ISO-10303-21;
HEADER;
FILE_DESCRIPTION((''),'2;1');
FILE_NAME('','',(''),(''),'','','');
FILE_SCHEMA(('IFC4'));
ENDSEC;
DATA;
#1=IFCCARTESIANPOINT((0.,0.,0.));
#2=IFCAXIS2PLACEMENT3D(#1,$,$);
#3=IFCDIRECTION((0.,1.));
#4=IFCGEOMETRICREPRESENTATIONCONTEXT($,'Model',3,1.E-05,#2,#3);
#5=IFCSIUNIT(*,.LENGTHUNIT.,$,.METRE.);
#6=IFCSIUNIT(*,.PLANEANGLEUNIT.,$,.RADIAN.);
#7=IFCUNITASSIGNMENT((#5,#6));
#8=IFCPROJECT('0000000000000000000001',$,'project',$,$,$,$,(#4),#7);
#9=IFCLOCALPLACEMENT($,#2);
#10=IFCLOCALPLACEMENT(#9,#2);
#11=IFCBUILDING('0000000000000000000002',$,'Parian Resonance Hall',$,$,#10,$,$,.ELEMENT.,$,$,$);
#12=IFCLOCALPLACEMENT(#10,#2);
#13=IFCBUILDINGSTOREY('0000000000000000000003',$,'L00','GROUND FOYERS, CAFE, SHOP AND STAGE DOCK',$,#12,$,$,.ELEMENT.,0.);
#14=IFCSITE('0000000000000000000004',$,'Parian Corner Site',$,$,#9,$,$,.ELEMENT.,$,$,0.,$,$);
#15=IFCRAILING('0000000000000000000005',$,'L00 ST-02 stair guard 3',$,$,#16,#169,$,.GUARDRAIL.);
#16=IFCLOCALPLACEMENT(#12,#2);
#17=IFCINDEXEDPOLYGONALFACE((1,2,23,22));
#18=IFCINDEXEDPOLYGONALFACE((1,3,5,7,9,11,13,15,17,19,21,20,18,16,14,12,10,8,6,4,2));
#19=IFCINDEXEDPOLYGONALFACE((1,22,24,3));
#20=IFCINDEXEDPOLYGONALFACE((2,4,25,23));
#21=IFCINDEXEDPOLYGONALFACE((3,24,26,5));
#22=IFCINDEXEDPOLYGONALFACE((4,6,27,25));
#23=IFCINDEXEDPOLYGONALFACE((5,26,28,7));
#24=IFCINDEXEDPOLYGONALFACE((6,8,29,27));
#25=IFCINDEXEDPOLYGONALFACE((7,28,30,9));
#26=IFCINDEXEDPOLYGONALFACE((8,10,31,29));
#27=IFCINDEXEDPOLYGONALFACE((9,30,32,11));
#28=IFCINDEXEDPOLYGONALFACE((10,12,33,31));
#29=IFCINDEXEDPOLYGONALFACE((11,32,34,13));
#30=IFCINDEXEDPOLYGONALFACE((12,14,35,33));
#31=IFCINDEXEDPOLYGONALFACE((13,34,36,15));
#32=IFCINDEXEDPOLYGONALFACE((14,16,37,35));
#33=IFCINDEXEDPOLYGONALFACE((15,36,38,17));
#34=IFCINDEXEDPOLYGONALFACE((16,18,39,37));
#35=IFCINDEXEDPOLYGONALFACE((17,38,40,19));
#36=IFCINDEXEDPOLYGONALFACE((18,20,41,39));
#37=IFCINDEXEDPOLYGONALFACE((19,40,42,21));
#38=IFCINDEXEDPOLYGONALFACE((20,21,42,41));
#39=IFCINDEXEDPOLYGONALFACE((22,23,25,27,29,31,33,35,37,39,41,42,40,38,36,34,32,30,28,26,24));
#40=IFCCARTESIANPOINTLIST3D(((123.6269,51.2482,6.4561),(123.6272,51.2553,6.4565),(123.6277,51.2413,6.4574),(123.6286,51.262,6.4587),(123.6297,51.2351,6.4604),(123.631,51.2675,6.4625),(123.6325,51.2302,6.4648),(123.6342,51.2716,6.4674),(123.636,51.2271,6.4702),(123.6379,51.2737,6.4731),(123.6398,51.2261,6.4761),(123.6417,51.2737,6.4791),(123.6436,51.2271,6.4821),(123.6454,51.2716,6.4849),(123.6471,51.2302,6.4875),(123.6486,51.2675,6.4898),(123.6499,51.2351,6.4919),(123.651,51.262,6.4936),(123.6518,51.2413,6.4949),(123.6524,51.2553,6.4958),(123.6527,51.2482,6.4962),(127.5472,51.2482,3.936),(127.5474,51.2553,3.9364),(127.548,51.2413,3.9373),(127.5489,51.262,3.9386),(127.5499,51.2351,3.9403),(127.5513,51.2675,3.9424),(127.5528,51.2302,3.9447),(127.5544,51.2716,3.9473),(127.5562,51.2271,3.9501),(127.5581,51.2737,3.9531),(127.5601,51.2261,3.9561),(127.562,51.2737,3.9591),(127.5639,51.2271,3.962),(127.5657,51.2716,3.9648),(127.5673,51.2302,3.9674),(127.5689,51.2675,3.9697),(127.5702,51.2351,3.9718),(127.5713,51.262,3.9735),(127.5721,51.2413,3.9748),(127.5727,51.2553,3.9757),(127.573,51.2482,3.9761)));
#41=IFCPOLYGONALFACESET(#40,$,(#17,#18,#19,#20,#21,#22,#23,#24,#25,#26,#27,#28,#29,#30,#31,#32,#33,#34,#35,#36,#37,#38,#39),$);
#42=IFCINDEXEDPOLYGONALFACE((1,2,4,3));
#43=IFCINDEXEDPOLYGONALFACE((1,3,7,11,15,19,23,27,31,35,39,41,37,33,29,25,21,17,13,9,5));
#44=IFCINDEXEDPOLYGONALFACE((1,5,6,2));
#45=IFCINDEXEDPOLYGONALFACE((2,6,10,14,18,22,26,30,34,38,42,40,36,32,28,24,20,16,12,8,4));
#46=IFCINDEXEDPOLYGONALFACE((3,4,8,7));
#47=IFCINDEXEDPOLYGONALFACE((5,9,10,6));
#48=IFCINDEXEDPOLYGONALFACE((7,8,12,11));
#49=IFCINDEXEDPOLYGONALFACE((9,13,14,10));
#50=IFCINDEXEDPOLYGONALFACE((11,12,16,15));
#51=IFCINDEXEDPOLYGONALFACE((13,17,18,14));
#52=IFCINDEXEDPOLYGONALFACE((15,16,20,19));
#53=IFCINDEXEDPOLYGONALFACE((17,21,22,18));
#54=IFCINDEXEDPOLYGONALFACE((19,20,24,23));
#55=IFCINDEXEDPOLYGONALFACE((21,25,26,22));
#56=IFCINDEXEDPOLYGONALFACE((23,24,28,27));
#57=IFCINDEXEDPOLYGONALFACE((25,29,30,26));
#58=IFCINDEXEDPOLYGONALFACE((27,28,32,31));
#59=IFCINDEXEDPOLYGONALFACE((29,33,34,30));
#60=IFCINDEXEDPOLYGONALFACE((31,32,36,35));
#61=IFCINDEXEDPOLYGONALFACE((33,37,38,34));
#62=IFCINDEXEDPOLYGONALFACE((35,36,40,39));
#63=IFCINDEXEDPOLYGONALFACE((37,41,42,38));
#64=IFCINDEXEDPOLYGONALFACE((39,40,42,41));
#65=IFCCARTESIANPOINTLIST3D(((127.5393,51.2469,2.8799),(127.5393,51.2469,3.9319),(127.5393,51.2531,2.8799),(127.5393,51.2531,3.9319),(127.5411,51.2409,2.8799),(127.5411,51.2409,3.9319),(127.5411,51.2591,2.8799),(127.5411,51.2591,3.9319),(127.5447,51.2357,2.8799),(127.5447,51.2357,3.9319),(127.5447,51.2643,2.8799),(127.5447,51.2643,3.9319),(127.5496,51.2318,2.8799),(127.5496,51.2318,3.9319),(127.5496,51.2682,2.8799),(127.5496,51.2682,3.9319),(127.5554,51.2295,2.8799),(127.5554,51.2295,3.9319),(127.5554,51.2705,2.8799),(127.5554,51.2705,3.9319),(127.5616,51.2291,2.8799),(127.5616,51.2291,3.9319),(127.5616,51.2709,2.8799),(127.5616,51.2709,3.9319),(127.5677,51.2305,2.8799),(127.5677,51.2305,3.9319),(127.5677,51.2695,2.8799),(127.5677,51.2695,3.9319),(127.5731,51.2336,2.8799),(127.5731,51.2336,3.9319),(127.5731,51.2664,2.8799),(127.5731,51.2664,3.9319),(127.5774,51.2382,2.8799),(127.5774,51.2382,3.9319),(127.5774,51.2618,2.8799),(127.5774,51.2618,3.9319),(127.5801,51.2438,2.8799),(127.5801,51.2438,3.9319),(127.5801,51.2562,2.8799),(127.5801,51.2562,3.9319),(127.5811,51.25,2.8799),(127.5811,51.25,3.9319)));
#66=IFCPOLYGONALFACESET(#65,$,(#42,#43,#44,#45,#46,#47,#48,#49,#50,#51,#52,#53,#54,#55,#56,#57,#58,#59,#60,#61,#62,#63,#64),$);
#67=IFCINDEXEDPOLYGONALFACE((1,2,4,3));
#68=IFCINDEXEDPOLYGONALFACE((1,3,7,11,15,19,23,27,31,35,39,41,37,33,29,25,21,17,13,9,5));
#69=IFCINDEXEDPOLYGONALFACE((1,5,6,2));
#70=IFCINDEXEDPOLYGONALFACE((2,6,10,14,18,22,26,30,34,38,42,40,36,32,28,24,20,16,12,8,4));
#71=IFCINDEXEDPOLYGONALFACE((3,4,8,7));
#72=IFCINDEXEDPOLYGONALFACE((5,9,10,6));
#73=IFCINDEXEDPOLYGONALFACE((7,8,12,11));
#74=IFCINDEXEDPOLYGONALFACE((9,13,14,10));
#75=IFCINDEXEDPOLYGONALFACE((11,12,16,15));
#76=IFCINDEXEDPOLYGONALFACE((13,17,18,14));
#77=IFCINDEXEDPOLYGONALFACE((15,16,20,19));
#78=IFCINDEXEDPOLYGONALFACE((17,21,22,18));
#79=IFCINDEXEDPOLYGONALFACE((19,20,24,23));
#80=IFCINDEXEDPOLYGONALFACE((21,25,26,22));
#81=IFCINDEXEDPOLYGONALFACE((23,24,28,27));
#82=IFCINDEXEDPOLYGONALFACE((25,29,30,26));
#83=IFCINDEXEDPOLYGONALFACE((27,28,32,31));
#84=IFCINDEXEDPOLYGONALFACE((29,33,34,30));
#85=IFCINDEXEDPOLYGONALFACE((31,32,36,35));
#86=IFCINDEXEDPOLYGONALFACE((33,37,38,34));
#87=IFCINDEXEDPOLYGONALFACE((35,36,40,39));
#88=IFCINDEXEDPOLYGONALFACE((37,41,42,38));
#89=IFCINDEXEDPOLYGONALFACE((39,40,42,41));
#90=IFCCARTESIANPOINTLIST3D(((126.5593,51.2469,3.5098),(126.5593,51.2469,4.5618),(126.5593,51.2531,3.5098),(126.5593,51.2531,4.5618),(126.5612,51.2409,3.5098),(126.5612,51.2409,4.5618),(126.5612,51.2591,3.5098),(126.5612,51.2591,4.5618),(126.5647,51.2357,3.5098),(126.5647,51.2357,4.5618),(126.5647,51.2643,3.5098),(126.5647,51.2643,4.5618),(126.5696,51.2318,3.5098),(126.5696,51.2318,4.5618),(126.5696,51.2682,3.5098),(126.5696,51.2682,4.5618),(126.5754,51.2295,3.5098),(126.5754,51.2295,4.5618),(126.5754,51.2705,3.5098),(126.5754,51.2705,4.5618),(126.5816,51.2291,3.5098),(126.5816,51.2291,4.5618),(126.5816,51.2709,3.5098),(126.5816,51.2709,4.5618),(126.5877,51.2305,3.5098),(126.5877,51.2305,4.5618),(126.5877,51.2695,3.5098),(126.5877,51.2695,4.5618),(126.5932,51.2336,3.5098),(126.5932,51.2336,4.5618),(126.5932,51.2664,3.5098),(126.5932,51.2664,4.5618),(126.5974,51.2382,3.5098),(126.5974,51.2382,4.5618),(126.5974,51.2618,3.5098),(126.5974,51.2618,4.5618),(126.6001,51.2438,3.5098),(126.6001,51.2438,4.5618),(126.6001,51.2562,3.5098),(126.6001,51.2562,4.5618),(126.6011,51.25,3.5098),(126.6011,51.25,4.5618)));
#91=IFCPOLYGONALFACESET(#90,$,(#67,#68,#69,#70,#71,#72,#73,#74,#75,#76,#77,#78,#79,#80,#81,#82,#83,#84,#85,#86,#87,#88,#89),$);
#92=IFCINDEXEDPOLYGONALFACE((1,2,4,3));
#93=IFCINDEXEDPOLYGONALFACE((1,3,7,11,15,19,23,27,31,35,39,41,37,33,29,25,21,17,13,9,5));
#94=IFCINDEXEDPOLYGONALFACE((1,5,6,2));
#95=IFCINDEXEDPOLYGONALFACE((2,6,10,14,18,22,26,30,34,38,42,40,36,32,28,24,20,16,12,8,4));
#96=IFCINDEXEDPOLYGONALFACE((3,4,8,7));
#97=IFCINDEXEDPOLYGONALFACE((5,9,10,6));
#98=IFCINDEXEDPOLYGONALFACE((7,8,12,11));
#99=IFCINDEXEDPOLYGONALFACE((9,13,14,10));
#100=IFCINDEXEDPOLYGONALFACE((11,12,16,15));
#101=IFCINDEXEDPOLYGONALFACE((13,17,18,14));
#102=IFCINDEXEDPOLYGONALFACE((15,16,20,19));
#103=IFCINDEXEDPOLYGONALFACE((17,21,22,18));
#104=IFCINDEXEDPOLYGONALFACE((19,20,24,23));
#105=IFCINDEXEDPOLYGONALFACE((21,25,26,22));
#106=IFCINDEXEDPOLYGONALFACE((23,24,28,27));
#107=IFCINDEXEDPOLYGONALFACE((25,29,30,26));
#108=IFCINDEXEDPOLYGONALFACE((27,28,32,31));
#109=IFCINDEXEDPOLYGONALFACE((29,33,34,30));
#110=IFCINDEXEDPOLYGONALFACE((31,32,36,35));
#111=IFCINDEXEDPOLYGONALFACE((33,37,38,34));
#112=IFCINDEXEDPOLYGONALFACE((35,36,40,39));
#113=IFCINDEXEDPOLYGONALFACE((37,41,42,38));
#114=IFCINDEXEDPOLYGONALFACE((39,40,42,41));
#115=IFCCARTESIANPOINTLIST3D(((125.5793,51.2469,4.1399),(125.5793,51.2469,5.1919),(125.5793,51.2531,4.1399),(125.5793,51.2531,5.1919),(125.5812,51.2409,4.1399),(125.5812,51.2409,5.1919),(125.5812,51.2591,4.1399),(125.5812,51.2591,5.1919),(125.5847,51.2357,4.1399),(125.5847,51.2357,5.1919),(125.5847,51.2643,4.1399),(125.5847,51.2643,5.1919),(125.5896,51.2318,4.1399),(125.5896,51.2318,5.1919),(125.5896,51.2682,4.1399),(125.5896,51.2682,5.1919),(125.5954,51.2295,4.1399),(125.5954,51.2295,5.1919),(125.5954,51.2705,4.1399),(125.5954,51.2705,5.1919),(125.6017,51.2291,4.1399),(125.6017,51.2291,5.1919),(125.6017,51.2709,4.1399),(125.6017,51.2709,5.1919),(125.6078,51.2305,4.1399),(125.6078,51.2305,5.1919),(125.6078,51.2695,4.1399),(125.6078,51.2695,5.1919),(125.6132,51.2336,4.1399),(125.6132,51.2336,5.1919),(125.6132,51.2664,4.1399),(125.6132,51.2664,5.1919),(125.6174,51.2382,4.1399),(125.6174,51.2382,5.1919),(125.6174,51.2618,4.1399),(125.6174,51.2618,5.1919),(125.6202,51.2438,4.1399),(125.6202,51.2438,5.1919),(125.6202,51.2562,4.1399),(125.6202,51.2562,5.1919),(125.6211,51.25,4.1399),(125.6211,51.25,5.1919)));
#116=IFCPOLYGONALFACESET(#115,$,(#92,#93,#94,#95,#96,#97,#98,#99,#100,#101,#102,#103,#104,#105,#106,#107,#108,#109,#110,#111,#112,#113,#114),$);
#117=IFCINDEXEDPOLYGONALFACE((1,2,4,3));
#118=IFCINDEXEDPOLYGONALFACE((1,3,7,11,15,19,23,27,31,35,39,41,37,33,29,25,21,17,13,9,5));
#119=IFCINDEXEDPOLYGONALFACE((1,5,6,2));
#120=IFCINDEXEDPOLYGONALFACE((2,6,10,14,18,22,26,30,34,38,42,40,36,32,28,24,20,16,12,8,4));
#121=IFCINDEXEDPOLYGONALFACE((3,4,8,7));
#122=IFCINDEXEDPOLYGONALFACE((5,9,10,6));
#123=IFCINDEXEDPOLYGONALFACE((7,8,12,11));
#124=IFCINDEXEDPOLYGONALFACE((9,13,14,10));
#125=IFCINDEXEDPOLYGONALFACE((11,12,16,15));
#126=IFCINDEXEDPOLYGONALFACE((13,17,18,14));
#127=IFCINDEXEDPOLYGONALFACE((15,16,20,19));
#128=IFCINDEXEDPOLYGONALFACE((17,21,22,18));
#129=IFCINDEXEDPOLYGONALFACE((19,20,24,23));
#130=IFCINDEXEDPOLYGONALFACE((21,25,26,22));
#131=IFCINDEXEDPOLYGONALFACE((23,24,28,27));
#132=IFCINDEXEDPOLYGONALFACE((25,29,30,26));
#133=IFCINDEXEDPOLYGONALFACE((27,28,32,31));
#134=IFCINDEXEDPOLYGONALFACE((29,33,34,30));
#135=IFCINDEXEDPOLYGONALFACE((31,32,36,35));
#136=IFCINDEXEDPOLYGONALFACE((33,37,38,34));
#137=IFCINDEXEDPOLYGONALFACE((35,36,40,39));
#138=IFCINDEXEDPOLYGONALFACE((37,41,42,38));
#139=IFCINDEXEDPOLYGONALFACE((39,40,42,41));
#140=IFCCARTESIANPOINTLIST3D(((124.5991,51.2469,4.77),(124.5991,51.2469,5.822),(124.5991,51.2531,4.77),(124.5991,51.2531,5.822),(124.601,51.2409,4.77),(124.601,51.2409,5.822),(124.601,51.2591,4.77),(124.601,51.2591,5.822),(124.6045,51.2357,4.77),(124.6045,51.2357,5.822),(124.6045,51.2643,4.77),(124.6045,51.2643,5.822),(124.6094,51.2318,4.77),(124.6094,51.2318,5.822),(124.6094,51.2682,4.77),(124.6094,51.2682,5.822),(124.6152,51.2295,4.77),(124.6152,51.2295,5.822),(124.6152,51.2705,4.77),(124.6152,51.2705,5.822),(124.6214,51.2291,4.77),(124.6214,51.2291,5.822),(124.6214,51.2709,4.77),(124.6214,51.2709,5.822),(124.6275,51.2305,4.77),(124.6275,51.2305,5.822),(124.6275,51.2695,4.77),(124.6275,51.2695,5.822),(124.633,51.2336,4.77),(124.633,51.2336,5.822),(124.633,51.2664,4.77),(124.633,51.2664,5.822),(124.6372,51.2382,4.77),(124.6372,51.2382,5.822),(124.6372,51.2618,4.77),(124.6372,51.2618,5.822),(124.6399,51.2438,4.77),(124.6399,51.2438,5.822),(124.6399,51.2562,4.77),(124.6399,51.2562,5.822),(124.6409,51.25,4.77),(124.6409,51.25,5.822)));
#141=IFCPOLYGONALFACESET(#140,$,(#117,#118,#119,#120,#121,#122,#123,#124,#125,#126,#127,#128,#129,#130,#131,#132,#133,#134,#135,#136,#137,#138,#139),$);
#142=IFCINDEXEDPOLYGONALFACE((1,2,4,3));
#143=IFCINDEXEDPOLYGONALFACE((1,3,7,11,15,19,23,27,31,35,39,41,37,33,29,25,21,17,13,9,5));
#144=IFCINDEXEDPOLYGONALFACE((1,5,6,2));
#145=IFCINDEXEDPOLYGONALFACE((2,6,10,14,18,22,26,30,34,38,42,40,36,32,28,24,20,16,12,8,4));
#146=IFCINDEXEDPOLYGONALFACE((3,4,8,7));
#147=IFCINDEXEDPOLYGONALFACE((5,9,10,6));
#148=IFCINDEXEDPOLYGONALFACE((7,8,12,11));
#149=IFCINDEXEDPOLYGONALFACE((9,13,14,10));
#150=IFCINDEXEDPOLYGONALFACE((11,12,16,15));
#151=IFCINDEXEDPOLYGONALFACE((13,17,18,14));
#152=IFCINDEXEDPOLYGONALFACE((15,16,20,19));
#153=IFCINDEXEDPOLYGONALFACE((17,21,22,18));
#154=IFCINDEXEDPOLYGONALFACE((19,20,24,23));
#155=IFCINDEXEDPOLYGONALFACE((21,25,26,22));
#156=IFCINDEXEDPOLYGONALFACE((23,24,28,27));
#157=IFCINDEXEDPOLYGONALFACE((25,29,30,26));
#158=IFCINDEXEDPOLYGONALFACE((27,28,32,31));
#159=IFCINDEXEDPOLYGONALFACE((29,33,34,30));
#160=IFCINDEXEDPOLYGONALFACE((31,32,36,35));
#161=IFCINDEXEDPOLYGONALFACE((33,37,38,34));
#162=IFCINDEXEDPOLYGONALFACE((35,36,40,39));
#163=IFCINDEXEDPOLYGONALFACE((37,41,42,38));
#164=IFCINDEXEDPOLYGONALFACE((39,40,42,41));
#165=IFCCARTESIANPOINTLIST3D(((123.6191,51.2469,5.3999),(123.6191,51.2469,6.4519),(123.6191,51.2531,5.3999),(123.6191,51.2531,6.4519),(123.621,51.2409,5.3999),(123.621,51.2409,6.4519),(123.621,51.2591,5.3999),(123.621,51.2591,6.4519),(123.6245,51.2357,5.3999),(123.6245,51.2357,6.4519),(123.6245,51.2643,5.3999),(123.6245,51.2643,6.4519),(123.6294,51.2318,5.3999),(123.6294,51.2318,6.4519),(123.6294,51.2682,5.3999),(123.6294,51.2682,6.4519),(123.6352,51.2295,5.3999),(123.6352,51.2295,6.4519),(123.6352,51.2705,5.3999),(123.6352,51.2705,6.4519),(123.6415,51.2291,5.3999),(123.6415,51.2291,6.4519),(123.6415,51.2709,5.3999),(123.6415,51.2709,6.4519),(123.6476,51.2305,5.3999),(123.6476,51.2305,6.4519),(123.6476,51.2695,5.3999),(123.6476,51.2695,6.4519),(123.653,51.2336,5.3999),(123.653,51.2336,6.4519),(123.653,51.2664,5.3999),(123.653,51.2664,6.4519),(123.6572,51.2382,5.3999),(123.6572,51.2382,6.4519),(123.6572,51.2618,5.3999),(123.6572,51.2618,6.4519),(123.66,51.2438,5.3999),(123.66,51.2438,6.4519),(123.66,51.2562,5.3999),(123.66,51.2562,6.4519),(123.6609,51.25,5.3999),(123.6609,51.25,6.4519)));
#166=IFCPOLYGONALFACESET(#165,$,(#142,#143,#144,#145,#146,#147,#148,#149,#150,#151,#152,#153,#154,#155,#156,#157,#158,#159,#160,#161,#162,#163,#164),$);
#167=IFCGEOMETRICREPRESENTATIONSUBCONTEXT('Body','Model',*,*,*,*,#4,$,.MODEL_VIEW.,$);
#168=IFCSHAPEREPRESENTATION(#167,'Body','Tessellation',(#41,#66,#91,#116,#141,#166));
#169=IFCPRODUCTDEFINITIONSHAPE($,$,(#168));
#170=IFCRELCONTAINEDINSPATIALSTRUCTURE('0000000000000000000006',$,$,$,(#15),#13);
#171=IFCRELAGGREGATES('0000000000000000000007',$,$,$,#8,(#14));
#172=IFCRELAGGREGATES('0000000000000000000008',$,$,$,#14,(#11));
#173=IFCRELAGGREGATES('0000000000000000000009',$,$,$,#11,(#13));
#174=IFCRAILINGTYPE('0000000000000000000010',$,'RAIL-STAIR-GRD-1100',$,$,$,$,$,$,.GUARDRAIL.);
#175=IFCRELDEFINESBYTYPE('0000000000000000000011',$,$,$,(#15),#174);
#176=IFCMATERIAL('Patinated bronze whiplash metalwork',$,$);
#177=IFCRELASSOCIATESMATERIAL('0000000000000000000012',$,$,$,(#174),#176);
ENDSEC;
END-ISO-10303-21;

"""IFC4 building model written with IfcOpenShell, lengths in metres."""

from ifc_helpers import new_model, si_unit, direction, frame, origin, origin_2d, place, context, subcontext, project, spatial, circle, extrude, material, type_object, element, save


model = new_model("IFC4")

# Units and contexts
model_context = context("Model", 3, precision=1e-05, world=origin(), true_north=direction((0.0, 1.0)))
body_context = subcontext(model_context, "Body", "Model", "MODEL_VIEW")
ifc_project = project(units=[si_unit("LENGTHUNIT", "METRE"), si_unit("PLANEANGLEUNIT", "RADIAN")], contexts=[model_context])

# Site, building, storey
site_placement = place(None, origin())
site = spatial("IfcSite", under=ifc_project, at=site_placement, Name="Parian Corner Site", CompositionType="ELEMENT", RefElevation=0.0)
building_placement = place(site_placement, origin())
building = spatial("IfcBuilding", under=site, at=building_placement, Name="Parian Resonance Hall", CompositionType="ELEMENT")
storey_placement = place(building_placement, origin())
storey = spatial("IfcBuildingStorey", under=building, at=storey_placement, Name="L00", Description="GROUND FOYERS, CAFE, SHOP AND STAGE DOCK", CompositionType="ELEMENT", Elevation=0.0)

# Railing
ifc_material_1 = material(Name="Patinated bronze whiplash metalwork")
railing_type_1 = type_object("IfcRailingType", Name="RAIL-STAIR-GRD-1100", PredefinedType="GUARDRAIL", material=ifc_material_1)
railing_1_placement = place(storey_placement, frame((127.5601, 51.25, 2.8799)))
element("IfcRailing", 1, at=railing_1_placement, inside=storey, type_object=railing_type_1, Name="L00 ST-02 stair guard 3", PredefinedType="GUARDRAIL", context=body_context, shape_type="SweptSolid", body=[
    extrude(circle(Radius=0.0239, at=origin_2d()), frame((0.0, 0.0, 1.0762), z_axis=(-0.841187, 0.0, 0.540744), x_axis=(0.0, -1.0, 0.0)), (0.0, 0.0, 1.0), 4.6604),
    extrude(circle(Radius=0.021, at=origin_2d()), origin(), (0.0, 0.0, 1.0), 1.052),
    extrude(circle(Radius=0.021, at=origin_2d()), frame((-0.98, 0.0, 0.6299)), (0.0, 0.0, 1.0), 1.052),
    extrude(circle(Radius=0.021, at=origin_2d()), frame((-1.96, 0.0, 1.26)), (0.0, 0.0, 1.0), 1.052),
    extrude(circle(Radius=0.021, at=origin_2d()), frame((-2.9402, 0.0, 1.8901)), (0.0, 0.0, 1.0), 1.052),
    extrude(circle(Radius=0.021, at=origin_2d()), frame((-3.9202, 0.0, 2.52)), (0.0, 0.0, 1.0), 1.052),
])

save(model, "model.ifc")
